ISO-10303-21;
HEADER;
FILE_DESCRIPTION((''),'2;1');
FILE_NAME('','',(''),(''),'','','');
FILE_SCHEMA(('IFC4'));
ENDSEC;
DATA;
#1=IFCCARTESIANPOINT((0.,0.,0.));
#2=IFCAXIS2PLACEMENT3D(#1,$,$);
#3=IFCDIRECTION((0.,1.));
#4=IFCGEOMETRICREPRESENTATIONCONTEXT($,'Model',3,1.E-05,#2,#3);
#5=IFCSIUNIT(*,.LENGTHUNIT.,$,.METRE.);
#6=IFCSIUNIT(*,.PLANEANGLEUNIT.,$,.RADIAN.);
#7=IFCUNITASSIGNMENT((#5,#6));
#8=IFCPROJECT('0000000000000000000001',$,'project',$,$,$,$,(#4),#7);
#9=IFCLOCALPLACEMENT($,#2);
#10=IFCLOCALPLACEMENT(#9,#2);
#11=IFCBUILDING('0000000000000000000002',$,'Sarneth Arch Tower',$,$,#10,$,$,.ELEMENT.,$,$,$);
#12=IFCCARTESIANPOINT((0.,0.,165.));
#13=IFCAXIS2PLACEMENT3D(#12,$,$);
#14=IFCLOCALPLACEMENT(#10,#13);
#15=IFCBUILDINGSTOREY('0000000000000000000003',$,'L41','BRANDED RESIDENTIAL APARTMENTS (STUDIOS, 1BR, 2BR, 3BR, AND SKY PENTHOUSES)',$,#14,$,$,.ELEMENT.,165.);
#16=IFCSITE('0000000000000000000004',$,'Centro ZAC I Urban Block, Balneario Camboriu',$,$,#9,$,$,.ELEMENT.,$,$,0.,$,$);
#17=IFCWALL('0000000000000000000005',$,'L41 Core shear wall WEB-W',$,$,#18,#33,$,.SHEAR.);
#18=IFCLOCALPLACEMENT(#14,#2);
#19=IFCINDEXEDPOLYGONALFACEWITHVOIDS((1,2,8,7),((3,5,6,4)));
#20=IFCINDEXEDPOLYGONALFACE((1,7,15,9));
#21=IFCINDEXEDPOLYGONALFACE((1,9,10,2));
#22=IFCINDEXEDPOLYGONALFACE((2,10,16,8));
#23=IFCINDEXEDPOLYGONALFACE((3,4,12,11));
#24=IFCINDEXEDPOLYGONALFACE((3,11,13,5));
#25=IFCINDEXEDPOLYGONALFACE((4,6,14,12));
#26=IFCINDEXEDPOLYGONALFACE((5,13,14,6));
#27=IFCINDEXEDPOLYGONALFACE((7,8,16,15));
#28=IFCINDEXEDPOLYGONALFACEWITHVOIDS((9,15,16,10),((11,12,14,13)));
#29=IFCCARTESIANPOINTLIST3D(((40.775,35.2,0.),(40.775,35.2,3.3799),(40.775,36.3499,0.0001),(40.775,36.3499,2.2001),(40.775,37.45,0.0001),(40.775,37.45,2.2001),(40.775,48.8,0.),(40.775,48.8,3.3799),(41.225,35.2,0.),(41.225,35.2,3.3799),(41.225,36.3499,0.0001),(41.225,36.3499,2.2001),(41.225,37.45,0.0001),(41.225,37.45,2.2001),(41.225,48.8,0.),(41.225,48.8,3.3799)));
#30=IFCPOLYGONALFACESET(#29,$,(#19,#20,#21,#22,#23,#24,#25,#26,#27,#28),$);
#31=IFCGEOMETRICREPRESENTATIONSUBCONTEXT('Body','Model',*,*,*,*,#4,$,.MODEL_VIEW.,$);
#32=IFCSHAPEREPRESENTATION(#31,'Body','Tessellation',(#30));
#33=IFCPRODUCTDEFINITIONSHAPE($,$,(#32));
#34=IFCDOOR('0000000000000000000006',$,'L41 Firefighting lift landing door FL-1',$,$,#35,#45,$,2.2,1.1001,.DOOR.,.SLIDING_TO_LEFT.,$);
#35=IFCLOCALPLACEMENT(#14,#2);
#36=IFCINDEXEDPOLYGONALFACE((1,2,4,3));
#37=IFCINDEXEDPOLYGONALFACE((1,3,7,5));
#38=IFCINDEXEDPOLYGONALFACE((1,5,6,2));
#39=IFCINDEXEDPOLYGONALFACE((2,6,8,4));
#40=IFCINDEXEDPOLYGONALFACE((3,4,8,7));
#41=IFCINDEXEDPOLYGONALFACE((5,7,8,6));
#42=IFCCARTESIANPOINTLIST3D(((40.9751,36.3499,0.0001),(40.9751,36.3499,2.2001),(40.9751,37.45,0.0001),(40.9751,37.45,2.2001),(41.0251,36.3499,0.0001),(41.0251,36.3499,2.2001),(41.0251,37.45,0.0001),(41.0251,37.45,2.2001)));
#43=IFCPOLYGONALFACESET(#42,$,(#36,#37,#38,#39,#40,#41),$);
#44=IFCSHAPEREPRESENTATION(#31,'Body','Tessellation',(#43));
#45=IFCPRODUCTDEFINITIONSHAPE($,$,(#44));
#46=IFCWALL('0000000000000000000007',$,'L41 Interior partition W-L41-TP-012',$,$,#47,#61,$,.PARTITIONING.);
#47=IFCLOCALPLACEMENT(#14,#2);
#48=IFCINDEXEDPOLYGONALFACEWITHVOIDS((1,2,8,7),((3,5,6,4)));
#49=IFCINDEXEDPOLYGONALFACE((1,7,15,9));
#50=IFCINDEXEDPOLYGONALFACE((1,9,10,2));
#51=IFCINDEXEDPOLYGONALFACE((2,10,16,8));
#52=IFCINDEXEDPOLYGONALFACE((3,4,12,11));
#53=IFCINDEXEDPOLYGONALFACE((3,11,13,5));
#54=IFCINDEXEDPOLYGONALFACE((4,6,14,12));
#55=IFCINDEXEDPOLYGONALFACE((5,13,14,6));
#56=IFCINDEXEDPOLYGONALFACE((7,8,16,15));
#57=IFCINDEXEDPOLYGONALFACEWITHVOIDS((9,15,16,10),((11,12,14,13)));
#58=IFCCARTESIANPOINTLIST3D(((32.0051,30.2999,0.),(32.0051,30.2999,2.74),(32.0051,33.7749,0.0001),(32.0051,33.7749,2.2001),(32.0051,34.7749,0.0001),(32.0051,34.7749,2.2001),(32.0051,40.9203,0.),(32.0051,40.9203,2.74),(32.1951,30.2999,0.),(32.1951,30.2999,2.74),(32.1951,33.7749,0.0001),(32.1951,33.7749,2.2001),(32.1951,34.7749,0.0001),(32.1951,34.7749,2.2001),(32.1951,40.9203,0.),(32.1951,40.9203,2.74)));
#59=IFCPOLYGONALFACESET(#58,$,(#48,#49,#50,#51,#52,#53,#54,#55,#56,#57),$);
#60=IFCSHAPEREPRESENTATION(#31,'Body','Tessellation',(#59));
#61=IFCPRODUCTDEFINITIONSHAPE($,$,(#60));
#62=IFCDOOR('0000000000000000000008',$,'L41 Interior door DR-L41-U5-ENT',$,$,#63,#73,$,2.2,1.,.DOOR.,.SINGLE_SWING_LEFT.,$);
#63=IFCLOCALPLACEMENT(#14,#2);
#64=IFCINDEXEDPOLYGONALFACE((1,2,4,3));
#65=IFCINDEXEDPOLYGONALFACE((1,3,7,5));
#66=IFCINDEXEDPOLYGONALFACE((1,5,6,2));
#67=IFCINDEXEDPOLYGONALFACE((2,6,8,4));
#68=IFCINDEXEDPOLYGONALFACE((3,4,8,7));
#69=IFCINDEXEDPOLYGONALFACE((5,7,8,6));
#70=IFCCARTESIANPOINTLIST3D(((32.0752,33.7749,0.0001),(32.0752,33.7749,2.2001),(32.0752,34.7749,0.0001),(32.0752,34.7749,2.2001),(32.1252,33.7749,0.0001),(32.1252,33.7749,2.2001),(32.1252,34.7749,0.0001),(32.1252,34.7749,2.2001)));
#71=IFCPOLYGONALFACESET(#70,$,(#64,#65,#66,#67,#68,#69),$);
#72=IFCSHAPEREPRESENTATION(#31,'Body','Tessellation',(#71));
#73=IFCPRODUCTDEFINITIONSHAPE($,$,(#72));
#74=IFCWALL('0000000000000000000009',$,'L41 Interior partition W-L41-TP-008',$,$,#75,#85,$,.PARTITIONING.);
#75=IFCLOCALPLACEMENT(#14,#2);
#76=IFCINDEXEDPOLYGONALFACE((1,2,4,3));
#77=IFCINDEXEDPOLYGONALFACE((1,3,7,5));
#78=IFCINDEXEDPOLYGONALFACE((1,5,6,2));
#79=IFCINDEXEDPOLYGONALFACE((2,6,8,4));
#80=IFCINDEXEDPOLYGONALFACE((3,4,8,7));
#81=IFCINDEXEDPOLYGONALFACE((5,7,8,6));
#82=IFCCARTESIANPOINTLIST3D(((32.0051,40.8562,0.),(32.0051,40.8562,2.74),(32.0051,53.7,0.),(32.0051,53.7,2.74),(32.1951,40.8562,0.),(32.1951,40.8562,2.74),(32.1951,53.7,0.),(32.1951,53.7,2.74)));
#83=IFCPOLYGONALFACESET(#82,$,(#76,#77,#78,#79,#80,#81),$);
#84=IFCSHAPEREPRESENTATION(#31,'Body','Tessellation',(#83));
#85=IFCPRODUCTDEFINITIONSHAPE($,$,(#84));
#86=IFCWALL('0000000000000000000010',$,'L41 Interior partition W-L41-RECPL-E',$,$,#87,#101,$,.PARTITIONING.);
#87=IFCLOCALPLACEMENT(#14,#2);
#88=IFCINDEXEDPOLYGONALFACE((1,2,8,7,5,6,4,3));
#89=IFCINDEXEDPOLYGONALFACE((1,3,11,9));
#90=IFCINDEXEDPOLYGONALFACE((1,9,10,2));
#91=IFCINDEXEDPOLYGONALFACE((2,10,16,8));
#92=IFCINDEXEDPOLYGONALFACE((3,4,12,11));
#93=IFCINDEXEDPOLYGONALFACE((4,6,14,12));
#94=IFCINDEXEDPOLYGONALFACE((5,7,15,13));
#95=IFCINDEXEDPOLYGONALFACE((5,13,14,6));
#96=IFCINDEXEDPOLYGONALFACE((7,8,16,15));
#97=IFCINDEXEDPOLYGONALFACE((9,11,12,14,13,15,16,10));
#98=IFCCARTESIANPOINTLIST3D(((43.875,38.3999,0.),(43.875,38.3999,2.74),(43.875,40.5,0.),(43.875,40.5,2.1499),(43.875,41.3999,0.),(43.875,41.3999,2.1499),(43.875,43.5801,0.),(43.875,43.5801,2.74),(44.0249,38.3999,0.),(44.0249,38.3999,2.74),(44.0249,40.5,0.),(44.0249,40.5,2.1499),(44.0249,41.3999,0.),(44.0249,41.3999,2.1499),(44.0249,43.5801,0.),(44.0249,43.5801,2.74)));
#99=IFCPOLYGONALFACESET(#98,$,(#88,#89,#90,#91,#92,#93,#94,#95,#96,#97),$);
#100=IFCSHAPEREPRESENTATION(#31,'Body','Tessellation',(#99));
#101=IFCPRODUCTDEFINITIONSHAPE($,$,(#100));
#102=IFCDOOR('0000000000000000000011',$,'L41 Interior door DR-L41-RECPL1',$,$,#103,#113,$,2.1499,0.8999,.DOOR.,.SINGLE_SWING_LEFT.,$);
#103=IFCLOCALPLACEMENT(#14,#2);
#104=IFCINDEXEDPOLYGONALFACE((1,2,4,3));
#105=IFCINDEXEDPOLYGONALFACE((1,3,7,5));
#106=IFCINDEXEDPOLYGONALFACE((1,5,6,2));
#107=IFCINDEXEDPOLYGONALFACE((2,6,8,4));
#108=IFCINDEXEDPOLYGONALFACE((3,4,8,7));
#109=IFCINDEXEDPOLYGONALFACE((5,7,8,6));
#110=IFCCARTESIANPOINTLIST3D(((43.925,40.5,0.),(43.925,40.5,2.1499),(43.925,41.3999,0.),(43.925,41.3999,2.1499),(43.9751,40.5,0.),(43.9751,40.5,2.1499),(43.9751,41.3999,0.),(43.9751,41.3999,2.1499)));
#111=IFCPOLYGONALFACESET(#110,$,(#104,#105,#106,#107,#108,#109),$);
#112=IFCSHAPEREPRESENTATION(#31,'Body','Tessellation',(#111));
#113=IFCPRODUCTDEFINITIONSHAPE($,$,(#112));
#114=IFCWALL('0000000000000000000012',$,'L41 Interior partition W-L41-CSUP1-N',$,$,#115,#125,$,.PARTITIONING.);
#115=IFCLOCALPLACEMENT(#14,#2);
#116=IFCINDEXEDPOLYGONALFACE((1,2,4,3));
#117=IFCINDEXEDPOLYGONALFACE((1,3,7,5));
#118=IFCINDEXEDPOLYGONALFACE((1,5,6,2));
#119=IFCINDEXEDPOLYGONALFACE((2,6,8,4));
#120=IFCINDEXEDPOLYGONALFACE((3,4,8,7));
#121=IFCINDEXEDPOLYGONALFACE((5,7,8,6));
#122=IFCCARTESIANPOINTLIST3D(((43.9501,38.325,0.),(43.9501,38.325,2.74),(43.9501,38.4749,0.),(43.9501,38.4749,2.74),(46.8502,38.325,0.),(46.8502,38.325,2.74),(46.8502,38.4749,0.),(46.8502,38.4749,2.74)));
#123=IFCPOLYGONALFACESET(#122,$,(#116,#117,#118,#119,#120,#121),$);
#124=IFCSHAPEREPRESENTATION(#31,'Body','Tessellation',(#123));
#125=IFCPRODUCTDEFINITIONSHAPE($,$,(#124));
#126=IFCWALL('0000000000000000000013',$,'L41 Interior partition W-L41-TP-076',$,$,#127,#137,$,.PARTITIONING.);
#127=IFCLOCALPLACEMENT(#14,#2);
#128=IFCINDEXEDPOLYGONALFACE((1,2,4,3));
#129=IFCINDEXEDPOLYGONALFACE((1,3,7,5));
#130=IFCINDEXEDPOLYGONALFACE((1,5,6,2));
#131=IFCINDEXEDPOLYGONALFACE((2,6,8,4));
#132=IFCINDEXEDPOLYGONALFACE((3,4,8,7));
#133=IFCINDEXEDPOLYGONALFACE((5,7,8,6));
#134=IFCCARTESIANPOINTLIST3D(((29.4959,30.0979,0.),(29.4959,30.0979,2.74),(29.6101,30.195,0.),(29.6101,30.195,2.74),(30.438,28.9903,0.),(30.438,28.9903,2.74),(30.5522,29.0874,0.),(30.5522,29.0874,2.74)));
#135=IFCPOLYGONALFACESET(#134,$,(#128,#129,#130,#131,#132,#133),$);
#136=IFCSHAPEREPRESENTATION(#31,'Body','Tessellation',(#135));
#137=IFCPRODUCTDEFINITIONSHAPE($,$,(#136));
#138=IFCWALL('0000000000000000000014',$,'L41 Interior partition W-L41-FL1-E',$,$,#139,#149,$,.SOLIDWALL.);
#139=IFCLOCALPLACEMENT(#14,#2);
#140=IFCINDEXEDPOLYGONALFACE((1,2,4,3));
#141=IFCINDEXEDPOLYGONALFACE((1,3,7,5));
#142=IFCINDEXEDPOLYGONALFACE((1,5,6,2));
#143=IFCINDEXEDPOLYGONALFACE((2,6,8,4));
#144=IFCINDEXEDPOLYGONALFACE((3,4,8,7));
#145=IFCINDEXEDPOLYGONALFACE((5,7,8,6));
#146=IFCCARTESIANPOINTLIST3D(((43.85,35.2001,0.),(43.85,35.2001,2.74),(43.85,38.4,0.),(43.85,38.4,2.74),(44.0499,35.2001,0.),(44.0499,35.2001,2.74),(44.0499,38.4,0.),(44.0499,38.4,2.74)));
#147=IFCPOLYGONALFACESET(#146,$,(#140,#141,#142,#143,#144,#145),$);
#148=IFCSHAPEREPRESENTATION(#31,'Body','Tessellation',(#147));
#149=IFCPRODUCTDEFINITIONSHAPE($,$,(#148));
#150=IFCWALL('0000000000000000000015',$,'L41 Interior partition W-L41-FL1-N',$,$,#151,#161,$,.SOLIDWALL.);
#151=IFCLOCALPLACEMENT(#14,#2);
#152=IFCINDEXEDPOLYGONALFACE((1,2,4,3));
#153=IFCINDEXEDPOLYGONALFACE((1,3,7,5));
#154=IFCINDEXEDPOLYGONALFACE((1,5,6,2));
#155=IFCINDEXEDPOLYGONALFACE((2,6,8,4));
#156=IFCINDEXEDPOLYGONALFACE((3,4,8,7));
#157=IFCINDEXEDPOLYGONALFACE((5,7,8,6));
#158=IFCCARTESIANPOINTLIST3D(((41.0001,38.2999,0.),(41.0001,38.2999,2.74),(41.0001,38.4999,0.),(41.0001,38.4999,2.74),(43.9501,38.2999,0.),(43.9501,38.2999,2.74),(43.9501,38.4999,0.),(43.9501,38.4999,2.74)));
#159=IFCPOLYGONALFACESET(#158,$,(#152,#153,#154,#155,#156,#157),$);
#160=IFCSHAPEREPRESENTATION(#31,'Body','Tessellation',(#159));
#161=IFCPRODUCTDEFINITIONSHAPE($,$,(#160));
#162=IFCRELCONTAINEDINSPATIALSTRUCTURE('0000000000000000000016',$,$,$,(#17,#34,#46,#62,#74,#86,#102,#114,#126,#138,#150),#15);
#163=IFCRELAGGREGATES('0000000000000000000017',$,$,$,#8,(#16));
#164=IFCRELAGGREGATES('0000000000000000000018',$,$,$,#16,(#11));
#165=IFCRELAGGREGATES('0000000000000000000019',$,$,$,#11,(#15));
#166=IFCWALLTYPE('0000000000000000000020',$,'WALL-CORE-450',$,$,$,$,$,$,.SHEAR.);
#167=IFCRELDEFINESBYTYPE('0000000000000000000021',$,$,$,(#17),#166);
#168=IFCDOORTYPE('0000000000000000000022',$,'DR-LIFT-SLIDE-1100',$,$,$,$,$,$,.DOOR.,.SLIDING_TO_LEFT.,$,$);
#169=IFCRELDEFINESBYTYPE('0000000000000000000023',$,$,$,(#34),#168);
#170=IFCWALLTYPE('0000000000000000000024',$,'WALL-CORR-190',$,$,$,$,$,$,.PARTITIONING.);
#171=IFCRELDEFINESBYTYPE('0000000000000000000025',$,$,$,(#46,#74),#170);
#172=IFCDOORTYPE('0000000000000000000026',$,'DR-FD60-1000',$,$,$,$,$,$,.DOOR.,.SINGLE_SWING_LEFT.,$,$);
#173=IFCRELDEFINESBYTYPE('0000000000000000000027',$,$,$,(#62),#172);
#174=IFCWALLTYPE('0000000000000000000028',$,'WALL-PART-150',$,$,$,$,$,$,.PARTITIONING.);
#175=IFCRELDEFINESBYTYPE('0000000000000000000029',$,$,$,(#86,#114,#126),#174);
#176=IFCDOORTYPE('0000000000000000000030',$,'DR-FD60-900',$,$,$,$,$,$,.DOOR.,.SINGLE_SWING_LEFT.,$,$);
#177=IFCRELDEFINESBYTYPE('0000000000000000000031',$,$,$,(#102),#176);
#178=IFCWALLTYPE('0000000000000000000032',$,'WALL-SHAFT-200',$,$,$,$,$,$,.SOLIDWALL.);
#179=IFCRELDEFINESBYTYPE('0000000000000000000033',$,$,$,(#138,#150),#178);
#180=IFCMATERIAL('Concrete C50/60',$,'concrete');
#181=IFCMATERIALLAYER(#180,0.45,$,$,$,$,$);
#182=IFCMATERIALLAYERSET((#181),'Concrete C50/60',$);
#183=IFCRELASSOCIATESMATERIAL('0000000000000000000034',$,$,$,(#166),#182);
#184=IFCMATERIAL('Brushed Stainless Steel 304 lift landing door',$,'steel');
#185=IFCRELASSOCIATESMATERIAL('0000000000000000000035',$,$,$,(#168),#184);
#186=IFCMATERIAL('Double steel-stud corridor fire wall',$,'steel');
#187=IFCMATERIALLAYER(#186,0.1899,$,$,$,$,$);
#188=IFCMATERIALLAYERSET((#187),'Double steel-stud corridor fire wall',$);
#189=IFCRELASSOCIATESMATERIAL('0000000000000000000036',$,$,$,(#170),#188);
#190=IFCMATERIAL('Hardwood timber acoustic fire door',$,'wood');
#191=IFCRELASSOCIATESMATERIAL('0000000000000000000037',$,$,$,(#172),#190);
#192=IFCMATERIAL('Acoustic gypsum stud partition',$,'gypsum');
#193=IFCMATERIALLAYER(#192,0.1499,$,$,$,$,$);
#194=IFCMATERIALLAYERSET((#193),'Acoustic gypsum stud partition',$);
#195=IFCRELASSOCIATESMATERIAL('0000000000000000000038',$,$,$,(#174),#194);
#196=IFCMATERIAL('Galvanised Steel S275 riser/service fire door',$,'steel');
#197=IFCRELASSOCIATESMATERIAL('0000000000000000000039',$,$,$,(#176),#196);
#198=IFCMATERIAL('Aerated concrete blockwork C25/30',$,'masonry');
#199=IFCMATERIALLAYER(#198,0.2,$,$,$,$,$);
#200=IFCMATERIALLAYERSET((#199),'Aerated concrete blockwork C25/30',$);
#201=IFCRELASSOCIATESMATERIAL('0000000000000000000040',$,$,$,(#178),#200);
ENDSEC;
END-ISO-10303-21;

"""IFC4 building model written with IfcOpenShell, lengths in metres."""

from ifc_helpers import new_model, si_unit, direction, frame, frame_2d, origin, place, context, subcontext, project, spatial, rectangle, extrude, material, layer, layer_set, type_object, element, fill, save


model = new_model("IFC4")

# Units and contexts
model_context = context("Model", 3, precision=1e-05, world=origin(), true_north=direction((0.0, 1.0)))
body_context = subcontext(model_context, "Body", "Model", "MODEL_VIEW")
ifc_project = project(units=[si_unit("LENGTHUNIT", "METRE"), si_unit("PLANEANGLEUNIT", "RADIAN")], contexts=[model_context])

# Site, building, storey
site_placement = place(None, origin())
site = spatial("IfcSite", under=ifc_project, at=site_placement, Name="Centro ZAC I Urban Block, Balneario Camboriu", CompositionType="ELEMENT", RefElevation=0.0)
building_placement = place(site_placement, origin())
building = spatial("IfcBuilding", under=site, at=building_placement, Name="Sarneth Arch Tower", CompositionType="ELEMENT")
storey_placement = place(building_placement, frame((0.0, 0.0, 165.0)))
storey = spatial("IfcBuildingStorey", under=building, at=storey_placement, Name="L41", Description="BRANDED RESIDENTIAL APARTMENTS (STUDIOS, 1BR, 2BR, 3BR, AND SKY PENTHOUSES)", CompositionType="ELEMENT", Elevation=165.0)

# Shared definitions
ifc_material_1 = material(Name="Concrete C50/60", Category="concrete")
ifc_layer_1 = layer(ifc_material_1, 0.45)
ifc_layer_set_1 = layer_set([ifc_layer_1], Name="Concrete C50/60")
wall_type_1 = type_object("IfcWallType", Name="WALL-CORE-450", PredefinedType="SHEAR", material=ifc_layer_set_1)

# Walls, openings, doors
wall_1_placement = place(storey_placement, frame((41.0, 35.2, 0.0), z_axis=(0.0, 0.0, 1.0), x_axis=(0.0, 1.0, 0.0)))
wall_1 = element("IfcWall", 1, at=wall_1_placement, inside=storey, type_object=wall_type_1, Name="L41 Core shear wall WEB-W", PredefinedType="SHEAR", context=body_context, shape_type="SweptSolid", body=[
    extrude(rectangle(XDim=13.6001, YDim=0.45, at=frame_2d((6.8, 0.0))), origin(), (0.0, 0.0, 1.0), 3.3799),
])
opening_1_placement = place(wall_1_placement, frame((1.1499, 0.0, 0.0)))
opening_1 = element("IfcOpeningElement", 2, at=opening_1_placement, cuts=wall_1, PredefinedType="OPENING", context=body_context, shape_type="SweptSolid", body=[
    extrude(rectangle(XDim=1.1001, YDim=2.2, at=frame_2d((0.55, 1.1001))), frame((0.0, 0.2349, 0.0), z_axis=(0.0, -1.0, 0.0), x_axis=(1.0, 0.0, 0.0)), (0.0, 0.0, 1.0), 0.47),
])
ifc_material_2 = material(Name="Brushed Stainless Steel 304 lift landing door", Category="steel")
door_type_1 = type_object("IfcDoorType", Name="DR-LIFT-SLIDE-1100", OperationType="SLIDING_TO_LEFT", PredefinedType="DOOR", material=ifc_material_2)
door_1_placement = place(opening_1_placement, origin())
door_1 = element("IfcDoor", 3, at=door_1_placement, inside=storey, type_object=door_type_1, Name="L41 Firefighting lift landing door FL-1", OperationType="SLIDING_TO_LEFT", OverallHeight=2.2, OverallWidth=1.1001, PredefinedType="DOOR", context=body_context, shape_type="SweptSolid", body=[
    extrude(rectangle(XDim=1.1001, YDim=2.2, at=frame_2d((0.55, 1.1001))), frame((0.0, 0.0249, 0.0), z_axis=(0.0, -1.0, 0.0), x_axis=(1.0, 0.0, 0.0)), (0.0, 0.0, 1.0), 0.05),
])
fill(opening_1, door_1)
ifc_material_3 = material(Name="Double steel-stud corridor fire wall", Category="steel")
ifc_layer_2 = layer(ifc_material_3, 0.1899)
ifc_layer_set_2 = layer_set([ifc_layer_2], Name="Double steel-stud corridor fire wall")
wall_type_2 = type_object("IfcWallType", Name="WALL-CORR-190", PredefinedType="PARTITIONING", material=ifc_layer_set_2)
wall_2_placement = place(storey_placement, frame((32.1001, 30.3, 0.0), z_axis=(0.0, 0.0, 1.0), x_axis=(0.0, 1.0, 0.0)))
wall_2 = element("IfcWall", 4, at=wall_2_placement, inside=storey, type_object=wall_type_2, Name="L41 Interior partition W-L41-TP-012", PredefinedType="PARTITIONING", context=body_context, shape_type="SweptSolid", body=[
    extrude(rectangle(XDim=10.6204, YDim=0.1899, at=frame_2d((5.3101, 0.0))), origin(), (0.0, 0.0, 1.0), 2.74),
])
opening_2_placement = place(wall_2_placement, frame((3.4749, 0.0, 0.0)))
opening_2 = element("IfcOpeningElement", 5, at=opening_2_placement, cuts=wall_2, PredefinedType="OPENING", context=body_context, shape_type="SweptSolid", body=[
    extrude(rectangle(XDim=1.0, YDim=2.2, at=frame_2d((0.5, 1.1001))), frame((0.0, 0.105, 0.0), z_axis=(0.0, -1.0, 0.0), x_axis=(1.0, 0.0, 0.0)), (0.0, 0.0, 1.0), 0.21),
])
ifc_material_4 = material(Name="Hardwood timber acoustic fire door", Category="wood")
door_type_2 = type_object("IfcDoorType", Name="DR-FD60-1000", OperationType="SINGLE_SWING_LEFT", PredefinedType="DOOR", material=ifc_material_4)
door_2_placement = place(opening_2_placement, origin())
door_2 = element("IfcDoor", 6, at=door_2_placement, inside=storey, type_object=door_type_2, Name="L41 Interior door DR-L41-U5-ENT", OperationType="SINGLE_SWING_LEFT", OverallHeight=2.2, OverallWidth=1.0, PredefinedType="DOOR", context=body_context, shape_type="SweptSolid", body=[
    extrude(rectangle(XDim=1.0, YDim=2.2, at=frame_2d((0.5, 1.1001))), frame((0.0, 0.0249, 0.0), z_axis=(0.0, -1.0, 0.0), x_axis=(1.0, 0.0, 0.0)), (0.0, 0.0, 1.0), 0.05),
])
fill(opening_2, door_2)

# Wall
wall_3_placement = place(storey_placement, frame((32.1001, 40.8562, 0.0), z_axis=(0.0, 0.0, 1.0), x_axis=(0.0, 1.0, 0.0)))
element("IfcWall", 7, at=wall_3_placement, inside=storey, type_object=wall_type_2, Name="L41 Interior partition W-L41-TP-008", PredefinedType="PARTITIONING", context=body_context, shape_type="SweptSolid", body=[
    extrude(rectangle(XDim=12.8438, YDim=0.1899, at=frame_2d((6.4219, 0.0))), origin(), (0.0, 0.0, 1.0), 2.74),
])

# Wall, opening, door
ifc_material_5 = material(Name="Acoustic gypsum stud partition", Category="gypsum")
ifc_layer_3 = layer(ifc_material_5, 0.1499)
ifc_layer_set_3 = layer_set([ifc_layer_3], Name="Acoustic gypsum stud partition")
wall_type_3 = type_object("IfcWallType", Name="WALL-PART-150", PredefinedType="PARTITIONING", material=ifc_layer_set_3)
wall_4_placement = place(storey_placement, frame((43.95, 38.3999, 0.0), z_axis=(0.0, 0.0, 1.0), x_axis=(0.0, 1.0, 0.0)))
wall_4 = element("IfcWall", 8, at=wall_4_placement, inside=storey, type_object=wall_type_3, Name="L41 Interior partition W-L41-RECPL-E", PredefinedType="PARTITIONING", context=body_context, shape_type="SweptSolid", body=[
    extrude(rectangle(XDim=5.1802, YDim=0.1499, at=frame_2d((2.5901, 0.0))), origin(), (0.0, 0.0, 1.0), 2.74),
])
opening_3_placement = place(wall_4_placement, frame((2.1001, 0.0, 0.0)))
opening_3 = element("IfcOpeningElement", 9, at=opening_3_placement, cuts=wall_4, PredefinedType="OPENING", context=body_context, shape_type="SweptSolid", body=[
    extrude(rectangle(XDim=0.8999, YDim=2.1499, at=frame_2d((0.45, 1.075))), frame((0.0, 0.085, 0.0), z_axis=(0.0, -1.0, 0.0), x_axis=(1.0, 0.0, 0.0)), (0.0, 0.0, 1.0), 0.1699),
])
ifc_material_6 = material(Name="Galvanised Steel S275 riser/service fire door", Category="steel")
door_type_3 = type_object("IfcDoorType", Name="DR-FD60-900", OperationType="SINGLE_SWING_LEFT", PredefinedType="DOOR", material=ifc_material_6)
door_3_placement = place(opening_3_placement, origin())
door_3 = element("IfcDoor", 10, at=door_3_placement, inside=storey, type_object=door_type_3, Name="L41 Interior door DR-L41-RECPL1", OperationType="SINGLE_SWING_LEFT", OverallHeight=2.1499, OverallWidth=0.8999, PredefinedType="DOOR", context=body_context, shape_type="SweptSolid", body=[
    extrude(rectangle(XDim=0.8999, YDim=2.1499, at=frame_2d((0.45, 1.075))), frame((0.0, 0.0249, 0.0), z_axis=(0.0, -1.0, 0.0), x_axis=(1.0, 0.0, 0.0)), (0.0, 0.0, 1.0), 0.05),
])
fill(opening_3, door_3)

# Wall
wall_5_placement = place(storey_placement, frame((43.95, 38.3999, 0.0), z_axis=(0.0, 0.0, 1.0), x_axis=(1.0, 0.0, 0.0)))
element("IfcWall", 11, at=wall_5_placement, inside=storey, type_object=wall_type_3, Name="L41 Interior partition W-L41-CSUP1-N", PredefinedType="PARTITIONING", context=body_context, shape_type="SweptSolid", body=[
    extrude(rectangle(XDim=2.9001, YDim=0.1499, at=frame_2d((1.4502, 0.0))), origin(), (0.0, 0.0, 1.0), 2.74),
])

# Wall
wall_6_placement = place(storey_placement, frame((29.553, 30.1465, 0.0), z_axis=(0.0, 0.0, 1.0), x_axis=(0.647897, -0.761728, 0.0)))
element("IfcWall", 12, at=wall_6_placement, inside=storey, type_object=wall_type_3, Name="L41 Interior partition W-L41-TP-076", PredefinedType="PARTITIONING", context=body_context, shape_type="SweptSolid", body=[
    extrude(rectangle(XDim=1.4541, YDim=0.1499, at=frame_2d((0.7271, 0.0))), origin(), (0.0, 0.0, 1.0), 2.74),
])

# Shared definitions
ifc_material_7 = material(Name="Aerated concrete blockwork C25/30", Category="masonry")
ifc_layer_4 = layer(ifc_material_7, 0.2)
ifc_layer_set_4 = layer_set([ifc_layer_4], Name="Aerated concrete blockwork C25/30")
wall_type_4 = type_object("IfcWallType", Name="WALL-SHAFT-200", PredefinedType="SOLIDWALL", material=ifc_layer_set_4)

# Walls
wall_7_placement = place(storey_placement, frame((43.95, 35.2, 0.0), z_axis=(0.0, 0.0, 1.0), x_axis=(0.0, 1.0, 0.0)))
element("IfcWall", 13, at=wall_7_placement, inside=storey, type_object=wall_type_4, Name="L41 Interior partition W-L41-FL1-E", PredefinedType="SOLIDWALL", context=body_context, shape_type="SweptSolid", body=[
    extrude(rectangle(XDim=3.2, YDim=0.2, at=frame_2d((1.6001, 0.0))), origin(), (0.0, 0.0, 1.0), 2.74),
])
wall_8_placement = place(storey_placement, frame((41.0, 38.3999, 0.0), z_axis=(0.0, 0.0, 1.0), x_axis=(1.0, 0.0, 0.0)))
element("IfcWall", 14, at=wall_8_placement, inside=storey, type_object=wall_type_4, Name="L41 Interior partition W-L41-FL1-N", PredefinedType="SOLIDWALL", context=body_context, shape_type="SweptSolid", body=[
    extrude(rectangle(XDim=2.95, YDim=0.2, at=frame_2d((1.4751, 0.0))), origin(), (0.0, 0.0, 1.0), 2.74),
])

save(model, "model.ifc")
